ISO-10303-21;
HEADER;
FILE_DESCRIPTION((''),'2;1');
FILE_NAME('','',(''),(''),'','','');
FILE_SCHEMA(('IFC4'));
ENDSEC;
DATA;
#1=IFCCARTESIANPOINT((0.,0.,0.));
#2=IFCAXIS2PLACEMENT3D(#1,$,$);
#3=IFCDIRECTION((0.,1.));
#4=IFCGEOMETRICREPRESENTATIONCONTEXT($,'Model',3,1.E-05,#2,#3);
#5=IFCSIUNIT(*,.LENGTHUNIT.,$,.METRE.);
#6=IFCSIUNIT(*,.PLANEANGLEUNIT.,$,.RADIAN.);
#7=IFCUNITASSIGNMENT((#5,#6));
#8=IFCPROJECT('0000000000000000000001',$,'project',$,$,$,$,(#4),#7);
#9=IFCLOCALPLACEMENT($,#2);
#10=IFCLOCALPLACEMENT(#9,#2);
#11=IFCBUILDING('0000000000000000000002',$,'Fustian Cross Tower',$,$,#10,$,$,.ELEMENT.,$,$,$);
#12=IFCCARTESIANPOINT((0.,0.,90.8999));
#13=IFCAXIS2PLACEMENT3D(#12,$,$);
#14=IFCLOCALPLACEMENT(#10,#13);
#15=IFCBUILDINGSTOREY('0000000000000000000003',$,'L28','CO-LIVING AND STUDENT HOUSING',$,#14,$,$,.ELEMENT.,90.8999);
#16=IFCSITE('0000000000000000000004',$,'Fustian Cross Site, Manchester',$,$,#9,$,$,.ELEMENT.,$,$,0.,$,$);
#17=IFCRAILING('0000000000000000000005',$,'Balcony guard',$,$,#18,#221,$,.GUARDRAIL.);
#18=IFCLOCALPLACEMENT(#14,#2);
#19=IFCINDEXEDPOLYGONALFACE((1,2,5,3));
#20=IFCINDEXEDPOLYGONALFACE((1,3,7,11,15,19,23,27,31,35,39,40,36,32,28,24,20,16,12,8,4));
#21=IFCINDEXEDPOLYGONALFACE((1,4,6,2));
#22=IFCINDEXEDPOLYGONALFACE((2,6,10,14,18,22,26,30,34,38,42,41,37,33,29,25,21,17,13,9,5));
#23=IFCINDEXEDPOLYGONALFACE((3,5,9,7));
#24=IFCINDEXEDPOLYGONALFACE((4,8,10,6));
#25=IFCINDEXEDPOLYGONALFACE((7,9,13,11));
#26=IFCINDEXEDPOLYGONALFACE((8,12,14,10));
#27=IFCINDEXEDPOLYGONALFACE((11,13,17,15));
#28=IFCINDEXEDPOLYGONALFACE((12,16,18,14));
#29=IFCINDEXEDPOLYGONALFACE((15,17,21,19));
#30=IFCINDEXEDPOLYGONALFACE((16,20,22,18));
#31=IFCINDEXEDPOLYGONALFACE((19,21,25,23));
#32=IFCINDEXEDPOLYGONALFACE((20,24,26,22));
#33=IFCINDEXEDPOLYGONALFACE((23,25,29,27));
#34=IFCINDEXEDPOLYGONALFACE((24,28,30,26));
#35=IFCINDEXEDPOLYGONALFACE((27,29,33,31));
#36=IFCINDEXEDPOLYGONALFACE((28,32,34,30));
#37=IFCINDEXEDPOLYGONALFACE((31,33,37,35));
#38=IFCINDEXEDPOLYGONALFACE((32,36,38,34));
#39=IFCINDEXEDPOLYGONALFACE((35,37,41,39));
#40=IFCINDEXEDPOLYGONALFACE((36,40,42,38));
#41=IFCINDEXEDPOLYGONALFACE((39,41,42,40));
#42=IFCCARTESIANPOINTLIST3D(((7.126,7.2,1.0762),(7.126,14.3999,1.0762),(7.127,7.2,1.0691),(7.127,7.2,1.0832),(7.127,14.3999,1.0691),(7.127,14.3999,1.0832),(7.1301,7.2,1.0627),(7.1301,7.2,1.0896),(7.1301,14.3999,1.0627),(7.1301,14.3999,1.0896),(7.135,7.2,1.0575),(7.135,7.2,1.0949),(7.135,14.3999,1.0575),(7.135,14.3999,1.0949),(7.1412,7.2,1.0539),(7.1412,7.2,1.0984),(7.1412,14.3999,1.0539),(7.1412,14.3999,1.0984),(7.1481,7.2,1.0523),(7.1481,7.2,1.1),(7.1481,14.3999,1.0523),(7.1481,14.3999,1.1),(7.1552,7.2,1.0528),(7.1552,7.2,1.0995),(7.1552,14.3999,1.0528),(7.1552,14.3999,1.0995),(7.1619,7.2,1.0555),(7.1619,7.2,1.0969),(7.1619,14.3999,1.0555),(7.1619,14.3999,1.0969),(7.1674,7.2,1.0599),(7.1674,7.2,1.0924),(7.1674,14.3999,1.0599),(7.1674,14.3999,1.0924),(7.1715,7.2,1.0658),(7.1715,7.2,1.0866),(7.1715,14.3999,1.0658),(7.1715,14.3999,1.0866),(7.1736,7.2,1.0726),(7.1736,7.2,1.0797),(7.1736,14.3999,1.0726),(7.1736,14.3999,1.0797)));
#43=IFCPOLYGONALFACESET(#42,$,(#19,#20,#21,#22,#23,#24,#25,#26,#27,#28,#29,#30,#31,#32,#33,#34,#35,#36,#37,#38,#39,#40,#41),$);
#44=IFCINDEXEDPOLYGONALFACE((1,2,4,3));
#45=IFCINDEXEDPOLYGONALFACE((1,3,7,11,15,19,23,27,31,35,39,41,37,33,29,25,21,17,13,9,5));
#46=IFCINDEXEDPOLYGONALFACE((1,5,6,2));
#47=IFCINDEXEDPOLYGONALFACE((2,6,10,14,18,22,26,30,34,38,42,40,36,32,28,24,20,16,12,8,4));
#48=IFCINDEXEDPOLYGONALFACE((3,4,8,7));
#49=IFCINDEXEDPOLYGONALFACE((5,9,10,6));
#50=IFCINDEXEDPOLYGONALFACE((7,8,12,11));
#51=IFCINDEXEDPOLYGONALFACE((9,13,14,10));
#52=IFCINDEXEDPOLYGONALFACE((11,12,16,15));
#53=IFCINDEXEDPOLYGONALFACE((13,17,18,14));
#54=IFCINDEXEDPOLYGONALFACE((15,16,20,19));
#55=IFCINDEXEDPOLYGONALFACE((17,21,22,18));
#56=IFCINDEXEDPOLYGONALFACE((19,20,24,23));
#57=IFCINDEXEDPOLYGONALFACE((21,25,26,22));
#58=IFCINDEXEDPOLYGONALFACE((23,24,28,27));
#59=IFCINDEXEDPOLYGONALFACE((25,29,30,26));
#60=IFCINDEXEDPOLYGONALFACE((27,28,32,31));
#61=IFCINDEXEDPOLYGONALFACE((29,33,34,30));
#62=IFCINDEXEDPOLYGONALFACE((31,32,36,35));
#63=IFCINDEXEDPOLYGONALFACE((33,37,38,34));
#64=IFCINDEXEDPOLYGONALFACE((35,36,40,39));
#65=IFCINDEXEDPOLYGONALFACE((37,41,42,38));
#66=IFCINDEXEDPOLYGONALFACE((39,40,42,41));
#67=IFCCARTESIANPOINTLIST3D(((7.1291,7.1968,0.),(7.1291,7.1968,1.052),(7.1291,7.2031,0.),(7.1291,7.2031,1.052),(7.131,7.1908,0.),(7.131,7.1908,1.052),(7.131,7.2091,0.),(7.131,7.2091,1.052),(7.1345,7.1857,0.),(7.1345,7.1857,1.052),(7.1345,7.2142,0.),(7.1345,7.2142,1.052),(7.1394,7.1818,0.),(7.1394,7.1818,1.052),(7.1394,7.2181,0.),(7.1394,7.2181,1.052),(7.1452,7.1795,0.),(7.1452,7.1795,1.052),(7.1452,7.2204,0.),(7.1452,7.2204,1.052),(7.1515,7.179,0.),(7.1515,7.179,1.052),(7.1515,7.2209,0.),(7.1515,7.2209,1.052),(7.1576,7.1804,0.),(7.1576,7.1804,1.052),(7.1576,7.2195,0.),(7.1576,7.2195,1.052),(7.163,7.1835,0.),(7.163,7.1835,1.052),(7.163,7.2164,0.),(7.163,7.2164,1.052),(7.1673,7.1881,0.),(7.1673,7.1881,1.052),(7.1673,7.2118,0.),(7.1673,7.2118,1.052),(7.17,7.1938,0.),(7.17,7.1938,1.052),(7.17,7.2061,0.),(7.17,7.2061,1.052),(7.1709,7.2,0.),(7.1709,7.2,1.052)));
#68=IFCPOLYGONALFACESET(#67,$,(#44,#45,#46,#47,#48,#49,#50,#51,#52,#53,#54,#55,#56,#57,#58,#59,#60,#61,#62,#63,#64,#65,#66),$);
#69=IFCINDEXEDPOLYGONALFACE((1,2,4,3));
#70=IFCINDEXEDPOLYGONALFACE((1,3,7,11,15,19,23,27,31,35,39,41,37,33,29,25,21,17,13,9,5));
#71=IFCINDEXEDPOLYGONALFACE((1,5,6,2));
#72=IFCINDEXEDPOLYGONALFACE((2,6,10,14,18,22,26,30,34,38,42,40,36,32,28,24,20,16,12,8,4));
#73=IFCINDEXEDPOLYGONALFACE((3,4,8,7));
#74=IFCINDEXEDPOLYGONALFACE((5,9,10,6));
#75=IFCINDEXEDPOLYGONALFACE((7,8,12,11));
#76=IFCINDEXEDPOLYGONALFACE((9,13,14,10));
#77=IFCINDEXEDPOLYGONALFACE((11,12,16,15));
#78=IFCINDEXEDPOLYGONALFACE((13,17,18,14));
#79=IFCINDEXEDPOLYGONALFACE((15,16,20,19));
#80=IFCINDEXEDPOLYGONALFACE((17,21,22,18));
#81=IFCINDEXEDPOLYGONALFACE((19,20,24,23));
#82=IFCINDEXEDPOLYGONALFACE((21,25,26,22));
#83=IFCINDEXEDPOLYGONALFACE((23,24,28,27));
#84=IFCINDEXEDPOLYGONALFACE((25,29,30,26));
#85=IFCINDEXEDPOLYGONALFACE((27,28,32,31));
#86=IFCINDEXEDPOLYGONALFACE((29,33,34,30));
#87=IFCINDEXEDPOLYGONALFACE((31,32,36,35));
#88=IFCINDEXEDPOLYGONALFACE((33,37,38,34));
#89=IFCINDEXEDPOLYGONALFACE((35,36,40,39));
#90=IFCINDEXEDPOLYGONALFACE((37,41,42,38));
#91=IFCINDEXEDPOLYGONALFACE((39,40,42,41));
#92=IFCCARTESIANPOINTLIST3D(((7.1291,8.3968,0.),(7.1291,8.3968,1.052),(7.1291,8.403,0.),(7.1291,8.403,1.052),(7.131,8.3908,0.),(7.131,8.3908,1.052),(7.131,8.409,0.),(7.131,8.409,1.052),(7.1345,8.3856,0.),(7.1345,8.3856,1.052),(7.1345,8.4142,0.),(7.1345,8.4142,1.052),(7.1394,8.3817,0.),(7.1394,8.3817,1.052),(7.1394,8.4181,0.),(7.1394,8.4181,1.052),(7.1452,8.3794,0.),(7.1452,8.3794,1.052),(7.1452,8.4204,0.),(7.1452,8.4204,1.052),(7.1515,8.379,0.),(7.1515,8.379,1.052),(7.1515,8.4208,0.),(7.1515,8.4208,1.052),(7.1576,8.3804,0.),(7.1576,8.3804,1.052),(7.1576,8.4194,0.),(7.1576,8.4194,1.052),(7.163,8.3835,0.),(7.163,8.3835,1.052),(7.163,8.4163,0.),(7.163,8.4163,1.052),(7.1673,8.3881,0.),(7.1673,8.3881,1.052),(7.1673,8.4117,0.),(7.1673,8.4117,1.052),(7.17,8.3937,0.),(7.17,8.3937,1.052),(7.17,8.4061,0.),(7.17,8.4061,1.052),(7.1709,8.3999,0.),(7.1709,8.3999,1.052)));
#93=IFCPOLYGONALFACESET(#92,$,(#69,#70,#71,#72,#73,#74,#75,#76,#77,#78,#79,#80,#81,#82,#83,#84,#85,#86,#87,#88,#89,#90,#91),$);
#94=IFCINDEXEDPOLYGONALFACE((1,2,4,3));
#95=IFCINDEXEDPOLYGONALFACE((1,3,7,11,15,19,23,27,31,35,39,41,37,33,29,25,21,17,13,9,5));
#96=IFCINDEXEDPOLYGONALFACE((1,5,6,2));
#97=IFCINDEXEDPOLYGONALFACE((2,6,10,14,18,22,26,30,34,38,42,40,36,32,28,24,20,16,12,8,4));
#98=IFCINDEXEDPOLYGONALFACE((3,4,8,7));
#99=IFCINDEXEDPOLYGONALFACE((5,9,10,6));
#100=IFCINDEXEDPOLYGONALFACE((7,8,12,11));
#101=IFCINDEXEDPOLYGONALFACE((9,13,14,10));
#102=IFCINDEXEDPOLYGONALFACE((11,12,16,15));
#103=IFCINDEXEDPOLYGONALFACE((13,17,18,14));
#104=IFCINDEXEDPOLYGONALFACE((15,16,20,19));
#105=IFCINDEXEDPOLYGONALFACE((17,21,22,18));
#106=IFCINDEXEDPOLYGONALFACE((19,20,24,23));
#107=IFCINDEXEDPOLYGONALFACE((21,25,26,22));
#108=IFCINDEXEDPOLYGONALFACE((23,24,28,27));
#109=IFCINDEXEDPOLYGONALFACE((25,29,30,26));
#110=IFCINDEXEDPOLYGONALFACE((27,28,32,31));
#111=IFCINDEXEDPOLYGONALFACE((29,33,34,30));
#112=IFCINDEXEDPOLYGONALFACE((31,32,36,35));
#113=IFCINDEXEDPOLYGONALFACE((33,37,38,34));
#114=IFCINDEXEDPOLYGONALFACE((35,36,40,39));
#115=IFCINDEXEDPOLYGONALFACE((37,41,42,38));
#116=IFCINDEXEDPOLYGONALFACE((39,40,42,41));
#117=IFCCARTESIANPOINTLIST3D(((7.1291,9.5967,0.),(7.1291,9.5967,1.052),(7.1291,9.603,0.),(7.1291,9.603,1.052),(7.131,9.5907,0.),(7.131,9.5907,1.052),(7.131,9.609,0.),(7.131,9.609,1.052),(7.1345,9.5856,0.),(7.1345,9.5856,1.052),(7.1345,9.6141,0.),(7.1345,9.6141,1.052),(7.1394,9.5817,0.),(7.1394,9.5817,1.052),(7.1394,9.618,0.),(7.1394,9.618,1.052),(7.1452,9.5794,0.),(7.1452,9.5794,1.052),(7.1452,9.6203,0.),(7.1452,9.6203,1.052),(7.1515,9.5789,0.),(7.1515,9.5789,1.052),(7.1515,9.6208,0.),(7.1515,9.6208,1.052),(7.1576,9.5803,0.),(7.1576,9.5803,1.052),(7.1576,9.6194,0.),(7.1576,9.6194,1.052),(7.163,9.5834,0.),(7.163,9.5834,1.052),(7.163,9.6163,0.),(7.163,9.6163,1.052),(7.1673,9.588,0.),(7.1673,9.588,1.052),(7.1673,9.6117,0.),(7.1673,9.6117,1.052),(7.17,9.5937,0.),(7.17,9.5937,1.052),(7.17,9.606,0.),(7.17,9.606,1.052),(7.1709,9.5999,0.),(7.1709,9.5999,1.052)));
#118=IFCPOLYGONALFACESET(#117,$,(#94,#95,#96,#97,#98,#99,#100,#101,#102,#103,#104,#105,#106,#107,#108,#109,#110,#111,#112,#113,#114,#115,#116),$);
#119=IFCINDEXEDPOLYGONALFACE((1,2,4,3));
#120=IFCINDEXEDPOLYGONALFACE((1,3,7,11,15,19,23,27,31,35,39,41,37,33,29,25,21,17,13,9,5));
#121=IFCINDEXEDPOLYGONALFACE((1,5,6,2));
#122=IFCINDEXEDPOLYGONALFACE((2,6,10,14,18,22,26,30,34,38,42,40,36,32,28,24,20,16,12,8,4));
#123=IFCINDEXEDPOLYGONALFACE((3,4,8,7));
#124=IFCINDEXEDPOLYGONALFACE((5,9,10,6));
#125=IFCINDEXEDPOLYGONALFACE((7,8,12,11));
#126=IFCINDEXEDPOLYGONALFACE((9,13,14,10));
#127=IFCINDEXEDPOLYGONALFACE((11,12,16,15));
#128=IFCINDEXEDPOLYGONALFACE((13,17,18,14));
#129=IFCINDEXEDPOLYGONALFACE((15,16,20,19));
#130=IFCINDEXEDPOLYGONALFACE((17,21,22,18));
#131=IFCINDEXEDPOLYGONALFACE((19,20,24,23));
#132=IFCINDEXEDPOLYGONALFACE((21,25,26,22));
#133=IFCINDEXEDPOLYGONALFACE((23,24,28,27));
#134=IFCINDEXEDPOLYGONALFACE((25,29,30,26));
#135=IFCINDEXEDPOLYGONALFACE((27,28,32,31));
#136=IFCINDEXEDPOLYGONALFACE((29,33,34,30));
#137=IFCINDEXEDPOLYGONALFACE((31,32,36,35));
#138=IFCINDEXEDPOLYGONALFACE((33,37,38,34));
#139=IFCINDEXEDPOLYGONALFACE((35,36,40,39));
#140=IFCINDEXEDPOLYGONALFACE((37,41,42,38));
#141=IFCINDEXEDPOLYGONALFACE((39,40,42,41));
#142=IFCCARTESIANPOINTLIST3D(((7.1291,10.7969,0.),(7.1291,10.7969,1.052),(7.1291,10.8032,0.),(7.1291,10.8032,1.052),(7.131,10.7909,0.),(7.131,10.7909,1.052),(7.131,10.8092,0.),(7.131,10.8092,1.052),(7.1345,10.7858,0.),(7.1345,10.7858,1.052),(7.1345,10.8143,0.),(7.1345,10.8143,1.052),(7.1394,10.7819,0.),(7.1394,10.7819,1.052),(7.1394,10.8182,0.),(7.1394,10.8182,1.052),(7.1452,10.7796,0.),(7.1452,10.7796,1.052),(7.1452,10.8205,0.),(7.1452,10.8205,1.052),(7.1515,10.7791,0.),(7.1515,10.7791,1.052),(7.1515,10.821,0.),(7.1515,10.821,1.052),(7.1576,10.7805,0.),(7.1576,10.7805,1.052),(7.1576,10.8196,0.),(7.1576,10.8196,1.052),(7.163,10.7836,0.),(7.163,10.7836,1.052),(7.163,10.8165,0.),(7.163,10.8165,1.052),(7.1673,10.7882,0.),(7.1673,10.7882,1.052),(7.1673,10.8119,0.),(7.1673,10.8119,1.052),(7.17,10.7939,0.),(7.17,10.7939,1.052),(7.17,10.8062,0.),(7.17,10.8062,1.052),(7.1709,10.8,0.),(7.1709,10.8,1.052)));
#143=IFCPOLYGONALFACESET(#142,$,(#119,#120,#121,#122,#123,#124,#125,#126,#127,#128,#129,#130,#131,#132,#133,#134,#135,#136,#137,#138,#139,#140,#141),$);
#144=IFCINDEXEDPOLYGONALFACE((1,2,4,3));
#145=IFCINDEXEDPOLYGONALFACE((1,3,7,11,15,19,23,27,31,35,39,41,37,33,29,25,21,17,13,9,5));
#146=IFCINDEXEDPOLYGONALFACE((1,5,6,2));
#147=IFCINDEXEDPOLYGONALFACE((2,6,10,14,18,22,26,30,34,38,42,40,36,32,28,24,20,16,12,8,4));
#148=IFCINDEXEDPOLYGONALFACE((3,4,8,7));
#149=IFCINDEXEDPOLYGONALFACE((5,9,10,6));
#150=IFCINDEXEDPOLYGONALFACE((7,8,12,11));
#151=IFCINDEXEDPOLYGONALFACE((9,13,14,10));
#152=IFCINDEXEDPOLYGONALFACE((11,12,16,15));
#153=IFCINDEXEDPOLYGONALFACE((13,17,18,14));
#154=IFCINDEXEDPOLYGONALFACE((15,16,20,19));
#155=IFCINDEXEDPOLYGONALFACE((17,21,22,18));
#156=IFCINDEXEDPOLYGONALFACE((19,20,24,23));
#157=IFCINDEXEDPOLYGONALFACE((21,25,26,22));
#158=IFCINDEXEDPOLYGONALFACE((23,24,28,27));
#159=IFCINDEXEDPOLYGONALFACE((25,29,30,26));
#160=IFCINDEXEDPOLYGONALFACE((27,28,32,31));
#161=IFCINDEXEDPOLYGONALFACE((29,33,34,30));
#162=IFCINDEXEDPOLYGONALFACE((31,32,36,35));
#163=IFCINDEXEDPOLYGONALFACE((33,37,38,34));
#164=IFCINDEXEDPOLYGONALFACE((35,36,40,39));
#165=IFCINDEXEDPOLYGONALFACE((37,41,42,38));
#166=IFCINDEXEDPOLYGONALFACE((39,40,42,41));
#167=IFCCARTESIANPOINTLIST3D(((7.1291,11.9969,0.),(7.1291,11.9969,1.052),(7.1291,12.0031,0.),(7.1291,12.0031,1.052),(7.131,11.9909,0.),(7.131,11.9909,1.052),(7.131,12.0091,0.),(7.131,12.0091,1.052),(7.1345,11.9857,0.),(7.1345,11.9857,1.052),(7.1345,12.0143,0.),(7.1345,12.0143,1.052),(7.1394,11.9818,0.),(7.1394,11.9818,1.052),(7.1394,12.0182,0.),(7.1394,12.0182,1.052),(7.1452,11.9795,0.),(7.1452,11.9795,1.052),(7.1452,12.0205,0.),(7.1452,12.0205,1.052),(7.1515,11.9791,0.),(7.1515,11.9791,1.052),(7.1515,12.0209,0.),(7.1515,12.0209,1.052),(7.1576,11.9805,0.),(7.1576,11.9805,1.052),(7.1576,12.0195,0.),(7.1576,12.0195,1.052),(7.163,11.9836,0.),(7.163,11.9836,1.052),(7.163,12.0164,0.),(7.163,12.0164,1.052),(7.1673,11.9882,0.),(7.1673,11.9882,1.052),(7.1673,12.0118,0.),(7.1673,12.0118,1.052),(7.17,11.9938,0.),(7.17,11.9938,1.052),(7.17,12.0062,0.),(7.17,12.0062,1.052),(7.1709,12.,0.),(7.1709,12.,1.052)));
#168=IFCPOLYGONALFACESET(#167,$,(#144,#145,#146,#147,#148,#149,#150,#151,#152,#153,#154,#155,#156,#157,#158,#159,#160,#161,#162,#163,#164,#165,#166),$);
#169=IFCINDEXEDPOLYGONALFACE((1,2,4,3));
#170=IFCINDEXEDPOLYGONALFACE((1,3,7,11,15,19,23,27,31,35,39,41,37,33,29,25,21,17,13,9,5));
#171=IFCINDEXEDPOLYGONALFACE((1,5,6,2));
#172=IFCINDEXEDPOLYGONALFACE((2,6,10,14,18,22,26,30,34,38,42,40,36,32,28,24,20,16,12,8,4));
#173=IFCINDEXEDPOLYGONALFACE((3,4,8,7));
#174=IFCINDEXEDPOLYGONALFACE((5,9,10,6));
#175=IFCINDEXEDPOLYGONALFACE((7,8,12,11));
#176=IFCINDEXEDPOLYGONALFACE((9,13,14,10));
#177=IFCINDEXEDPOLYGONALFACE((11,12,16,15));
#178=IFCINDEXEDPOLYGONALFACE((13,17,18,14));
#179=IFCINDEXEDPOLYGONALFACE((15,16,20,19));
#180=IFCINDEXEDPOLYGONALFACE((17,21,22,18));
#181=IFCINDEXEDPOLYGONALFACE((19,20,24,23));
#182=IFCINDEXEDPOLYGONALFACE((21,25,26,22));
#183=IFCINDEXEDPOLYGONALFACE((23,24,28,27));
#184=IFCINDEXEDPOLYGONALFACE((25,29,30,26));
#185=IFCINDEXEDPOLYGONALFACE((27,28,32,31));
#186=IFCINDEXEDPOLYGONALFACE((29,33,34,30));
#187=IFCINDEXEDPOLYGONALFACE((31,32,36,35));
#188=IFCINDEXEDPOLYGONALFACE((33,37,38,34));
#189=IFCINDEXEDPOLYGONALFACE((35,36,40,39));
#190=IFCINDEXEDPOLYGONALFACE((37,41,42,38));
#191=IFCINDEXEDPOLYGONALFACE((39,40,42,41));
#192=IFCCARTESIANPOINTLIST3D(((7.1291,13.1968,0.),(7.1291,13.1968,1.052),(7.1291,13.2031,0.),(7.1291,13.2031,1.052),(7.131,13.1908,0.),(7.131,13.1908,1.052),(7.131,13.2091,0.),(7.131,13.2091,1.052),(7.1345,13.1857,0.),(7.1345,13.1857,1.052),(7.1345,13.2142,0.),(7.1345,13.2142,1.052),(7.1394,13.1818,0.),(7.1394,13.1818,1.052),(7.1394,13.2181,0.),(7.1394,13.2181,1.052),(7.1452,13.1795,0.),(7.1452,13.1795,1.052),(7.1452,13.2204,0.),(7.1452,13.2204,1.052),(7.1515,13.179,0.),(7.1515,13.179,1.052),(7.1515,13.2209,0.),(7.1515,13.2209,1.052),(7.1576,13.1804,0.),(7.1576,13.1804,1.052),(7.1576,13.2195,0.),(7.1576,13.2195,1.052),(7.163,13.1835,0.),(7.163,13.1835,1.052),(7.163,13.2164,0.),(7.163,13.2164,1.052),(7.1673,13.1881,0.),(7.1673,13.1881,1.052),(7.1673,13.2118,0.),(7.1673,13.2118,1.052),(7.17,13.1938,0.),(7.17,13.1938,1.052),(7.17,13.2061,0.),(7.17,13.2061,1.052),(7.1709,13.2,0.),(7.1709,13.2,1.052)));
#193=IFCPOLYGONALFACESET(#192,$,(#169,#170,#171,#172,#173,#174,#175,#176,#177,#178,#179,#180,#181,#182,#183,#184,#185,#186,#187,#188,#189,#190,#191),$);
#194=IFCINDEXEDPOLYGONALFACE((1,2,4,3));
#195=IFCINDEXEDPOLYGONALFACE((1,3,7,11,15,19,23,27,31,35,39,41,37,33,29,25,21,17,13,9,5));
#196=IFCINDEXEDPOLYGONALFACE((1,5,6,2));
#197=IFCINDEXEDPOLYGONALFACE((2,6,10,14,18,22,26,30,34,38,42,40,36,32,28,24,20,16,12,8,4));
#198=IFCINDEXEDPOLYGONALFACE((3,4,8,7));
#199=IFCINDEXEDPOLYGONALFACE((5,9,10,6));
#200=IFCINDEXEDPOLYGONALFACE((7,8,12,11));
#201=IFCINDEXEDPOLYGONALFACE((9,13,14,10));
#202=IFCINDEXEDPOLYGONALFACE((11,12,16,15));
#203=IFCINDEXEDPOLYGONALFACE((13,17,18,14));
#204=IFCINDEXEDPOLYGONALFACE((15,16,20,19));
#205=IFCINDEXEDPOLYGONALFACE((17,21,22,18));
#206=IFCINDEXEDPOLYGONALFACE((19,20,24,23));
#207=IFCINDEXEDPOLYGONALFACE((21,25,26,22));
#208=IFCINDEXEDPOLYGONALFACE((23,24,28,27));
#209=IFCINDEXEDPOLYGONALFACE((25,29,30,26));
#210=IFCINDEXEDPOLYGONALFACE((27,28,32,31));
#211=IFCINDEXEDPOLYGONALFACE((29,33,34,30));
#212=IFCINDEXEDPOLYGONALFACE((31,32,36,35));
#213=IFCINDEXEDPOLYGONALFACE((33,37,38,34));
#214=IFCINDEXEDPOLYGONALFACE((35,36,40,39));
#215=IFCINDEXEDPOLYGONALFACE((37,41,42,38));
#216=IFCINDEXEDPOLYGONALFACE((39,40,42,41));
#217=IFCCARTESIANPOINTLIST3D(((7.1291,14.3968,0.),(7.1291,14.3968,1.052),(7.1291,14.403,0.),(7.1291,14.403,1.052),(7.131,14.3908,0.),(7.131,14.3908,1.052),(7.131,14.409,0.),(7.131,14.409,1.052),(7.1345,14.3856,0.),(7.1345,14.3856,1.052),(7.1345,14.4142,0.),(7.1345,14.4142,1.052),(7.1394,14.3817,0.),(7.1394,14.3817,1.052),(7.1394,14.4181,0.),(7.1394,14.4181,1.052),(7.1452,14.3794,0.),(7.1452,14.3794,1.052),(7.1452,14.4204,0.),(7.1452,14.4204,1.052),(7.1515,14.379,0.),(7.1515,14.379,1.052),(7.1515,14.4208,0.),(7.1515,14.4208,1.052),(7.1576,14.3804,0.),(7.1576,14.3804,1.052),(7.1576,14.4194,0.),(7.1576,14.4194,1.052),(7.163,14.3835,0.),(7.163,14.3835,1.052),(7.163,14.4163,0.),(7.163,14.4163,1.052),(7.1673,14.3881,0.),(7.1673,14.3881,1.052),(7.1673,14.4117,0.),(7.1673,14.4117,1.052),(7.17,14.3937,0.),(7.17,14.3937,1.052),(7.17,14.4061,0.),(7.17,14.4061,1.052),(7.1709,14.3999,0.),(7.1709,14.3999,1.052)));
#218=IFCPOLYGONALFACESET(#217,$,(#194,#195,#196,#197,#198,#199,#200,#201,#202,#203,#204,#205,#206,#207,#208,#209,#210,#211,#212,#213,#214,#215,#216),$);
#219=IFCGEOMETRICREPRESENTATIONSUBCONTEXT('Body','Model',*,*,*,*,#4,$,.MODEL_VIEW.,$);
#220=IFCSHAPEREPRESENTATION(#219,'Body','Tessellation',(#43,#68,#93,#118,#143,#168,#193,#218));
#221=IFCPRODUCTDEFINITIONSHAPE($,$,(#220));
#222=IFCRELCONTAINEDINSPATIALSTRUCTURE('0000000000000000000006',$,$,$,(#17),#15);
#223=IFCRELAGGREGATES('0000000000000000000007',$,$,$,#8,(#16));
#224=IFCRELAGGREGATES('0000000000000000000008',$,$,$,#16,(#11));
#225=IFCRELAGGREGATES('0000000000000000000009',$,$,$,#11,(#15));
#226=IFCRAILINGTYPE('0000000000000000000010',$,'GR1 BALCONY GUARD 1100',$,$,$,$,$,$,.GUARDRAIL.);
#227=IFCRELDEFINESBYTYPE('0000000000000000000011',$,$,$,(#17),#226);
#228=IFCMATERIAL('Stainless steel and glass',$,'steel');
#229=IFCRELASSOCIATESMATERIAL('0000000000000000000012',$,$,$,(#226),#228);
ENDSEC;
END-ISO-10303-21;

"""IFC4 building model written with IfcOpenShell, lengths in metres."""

from ifc_helpers import new_model, si_unit, direction, frame, origin, origin_2d, place, context, subcontext, project, spatial, circle, extrude, material, type_object, element, save


model = new_model("IFC4")

# Units and contexts
model_context = context("Model", 3, precision=1e-05, world=origin(), true_north=direction((0.0, 1.0)))
body_context = subcontext(model_context, "Body", "Model", "MODEL_VIEW")
ifc_project = project(units=[si_unit("LENGTHUNIT", "METRE"), si_unit("PLANEANGLEUNIT", "RADIAN")], contexts=[model_context])

# Site, building, storey
site_placement = place(None, origin())
site = spatial("IfcSite", under=ifc_project, at=site_placement, Name="Fustian Cross Site, Manchester", CompositionType="ELEMENT", RefElevation=0.0)
building_placement = place(site_placement, origin())
building = spatial("IfcBuilding", under=site, at=building_placement, Name="Fustian Cross Tower", CompositionType="ELEMENT")
storey_placement = place(building_placement, frame((0.0, 0.0, 90.8999)))
storey = spatial("IfcBuildingStorey", under=building, at=storey_placement, Name="L28", Description="CO-LIVING AND STUDENT HOUSING", CompositionType="ELEMENT", Elevation=90.8999)

# Railing
ifc_material_1 = material(Name="Stainless steel and glass", Category="steel")
railing_type = type_object("IfcRailingType", Name="GR1 BALCONY GUARD 1100", PredefinedType="GUARDRAIL", material=ifc_material_1)
railing_placement = place(storey_placement, frame((7.1499, 7.2, 0.0)))
element("IfcRailing", 1, at=railing_placement, inside=storey, type_object=railing_type, Name="Balcony guard", PredefinedType="GUARDRAIL", context=body_context, shape_type="SweptSolid", body=[
    extrude(circle(Radius=0.0239, at=origin_2d()), frame((0.0, 0.0, 1.0762), z_axis=(0.0, 1.0, 0.0), x_axis=(-1.0, 0.0, 0.0)), (0.0, 0.0, 1.0), 7.2),
    extrude(circle(Radius=0.021, at=origin_2d()), origin(), (0.0, 0.0, 1.0), 1.052),
    extrude(circle(Radius=0.021, at=origin_2d()), frame((0.0, 1.2, 0.0)), (0.0, 0.0, 1.0), 1.052),
    extrude(circle(Radius=0.021, at=origin_2d()), frame((0.0, 2.3999, 0.0)), (0.0, 0.0, 1.0), 1.052),
    extrude(circle(Radius=0.021, at=origin_2d()), frame((0.0, 3.6001, 0.0)), (0.0, 0.0, 1.0), 1.052),
    extrude(circle(Radius=0.021, at=origin_2d()), frame((0.0, 4.8, 0.0)), (0.0, 0.0, 1.0), 1.052),
    extrude(circle(Radius=0.021, at=origin_2d()), frame((0.0, 6.0, 0.0)), (0.0, 0.0, 1.0), 1.052),
    extrude(circle(Radius=0.021, at=origin_2d()), frame((0.0, 7.2, 0.0)), (0.0, 0.0, 1.0), 1.052),
])

save(model, "model.ifc")
